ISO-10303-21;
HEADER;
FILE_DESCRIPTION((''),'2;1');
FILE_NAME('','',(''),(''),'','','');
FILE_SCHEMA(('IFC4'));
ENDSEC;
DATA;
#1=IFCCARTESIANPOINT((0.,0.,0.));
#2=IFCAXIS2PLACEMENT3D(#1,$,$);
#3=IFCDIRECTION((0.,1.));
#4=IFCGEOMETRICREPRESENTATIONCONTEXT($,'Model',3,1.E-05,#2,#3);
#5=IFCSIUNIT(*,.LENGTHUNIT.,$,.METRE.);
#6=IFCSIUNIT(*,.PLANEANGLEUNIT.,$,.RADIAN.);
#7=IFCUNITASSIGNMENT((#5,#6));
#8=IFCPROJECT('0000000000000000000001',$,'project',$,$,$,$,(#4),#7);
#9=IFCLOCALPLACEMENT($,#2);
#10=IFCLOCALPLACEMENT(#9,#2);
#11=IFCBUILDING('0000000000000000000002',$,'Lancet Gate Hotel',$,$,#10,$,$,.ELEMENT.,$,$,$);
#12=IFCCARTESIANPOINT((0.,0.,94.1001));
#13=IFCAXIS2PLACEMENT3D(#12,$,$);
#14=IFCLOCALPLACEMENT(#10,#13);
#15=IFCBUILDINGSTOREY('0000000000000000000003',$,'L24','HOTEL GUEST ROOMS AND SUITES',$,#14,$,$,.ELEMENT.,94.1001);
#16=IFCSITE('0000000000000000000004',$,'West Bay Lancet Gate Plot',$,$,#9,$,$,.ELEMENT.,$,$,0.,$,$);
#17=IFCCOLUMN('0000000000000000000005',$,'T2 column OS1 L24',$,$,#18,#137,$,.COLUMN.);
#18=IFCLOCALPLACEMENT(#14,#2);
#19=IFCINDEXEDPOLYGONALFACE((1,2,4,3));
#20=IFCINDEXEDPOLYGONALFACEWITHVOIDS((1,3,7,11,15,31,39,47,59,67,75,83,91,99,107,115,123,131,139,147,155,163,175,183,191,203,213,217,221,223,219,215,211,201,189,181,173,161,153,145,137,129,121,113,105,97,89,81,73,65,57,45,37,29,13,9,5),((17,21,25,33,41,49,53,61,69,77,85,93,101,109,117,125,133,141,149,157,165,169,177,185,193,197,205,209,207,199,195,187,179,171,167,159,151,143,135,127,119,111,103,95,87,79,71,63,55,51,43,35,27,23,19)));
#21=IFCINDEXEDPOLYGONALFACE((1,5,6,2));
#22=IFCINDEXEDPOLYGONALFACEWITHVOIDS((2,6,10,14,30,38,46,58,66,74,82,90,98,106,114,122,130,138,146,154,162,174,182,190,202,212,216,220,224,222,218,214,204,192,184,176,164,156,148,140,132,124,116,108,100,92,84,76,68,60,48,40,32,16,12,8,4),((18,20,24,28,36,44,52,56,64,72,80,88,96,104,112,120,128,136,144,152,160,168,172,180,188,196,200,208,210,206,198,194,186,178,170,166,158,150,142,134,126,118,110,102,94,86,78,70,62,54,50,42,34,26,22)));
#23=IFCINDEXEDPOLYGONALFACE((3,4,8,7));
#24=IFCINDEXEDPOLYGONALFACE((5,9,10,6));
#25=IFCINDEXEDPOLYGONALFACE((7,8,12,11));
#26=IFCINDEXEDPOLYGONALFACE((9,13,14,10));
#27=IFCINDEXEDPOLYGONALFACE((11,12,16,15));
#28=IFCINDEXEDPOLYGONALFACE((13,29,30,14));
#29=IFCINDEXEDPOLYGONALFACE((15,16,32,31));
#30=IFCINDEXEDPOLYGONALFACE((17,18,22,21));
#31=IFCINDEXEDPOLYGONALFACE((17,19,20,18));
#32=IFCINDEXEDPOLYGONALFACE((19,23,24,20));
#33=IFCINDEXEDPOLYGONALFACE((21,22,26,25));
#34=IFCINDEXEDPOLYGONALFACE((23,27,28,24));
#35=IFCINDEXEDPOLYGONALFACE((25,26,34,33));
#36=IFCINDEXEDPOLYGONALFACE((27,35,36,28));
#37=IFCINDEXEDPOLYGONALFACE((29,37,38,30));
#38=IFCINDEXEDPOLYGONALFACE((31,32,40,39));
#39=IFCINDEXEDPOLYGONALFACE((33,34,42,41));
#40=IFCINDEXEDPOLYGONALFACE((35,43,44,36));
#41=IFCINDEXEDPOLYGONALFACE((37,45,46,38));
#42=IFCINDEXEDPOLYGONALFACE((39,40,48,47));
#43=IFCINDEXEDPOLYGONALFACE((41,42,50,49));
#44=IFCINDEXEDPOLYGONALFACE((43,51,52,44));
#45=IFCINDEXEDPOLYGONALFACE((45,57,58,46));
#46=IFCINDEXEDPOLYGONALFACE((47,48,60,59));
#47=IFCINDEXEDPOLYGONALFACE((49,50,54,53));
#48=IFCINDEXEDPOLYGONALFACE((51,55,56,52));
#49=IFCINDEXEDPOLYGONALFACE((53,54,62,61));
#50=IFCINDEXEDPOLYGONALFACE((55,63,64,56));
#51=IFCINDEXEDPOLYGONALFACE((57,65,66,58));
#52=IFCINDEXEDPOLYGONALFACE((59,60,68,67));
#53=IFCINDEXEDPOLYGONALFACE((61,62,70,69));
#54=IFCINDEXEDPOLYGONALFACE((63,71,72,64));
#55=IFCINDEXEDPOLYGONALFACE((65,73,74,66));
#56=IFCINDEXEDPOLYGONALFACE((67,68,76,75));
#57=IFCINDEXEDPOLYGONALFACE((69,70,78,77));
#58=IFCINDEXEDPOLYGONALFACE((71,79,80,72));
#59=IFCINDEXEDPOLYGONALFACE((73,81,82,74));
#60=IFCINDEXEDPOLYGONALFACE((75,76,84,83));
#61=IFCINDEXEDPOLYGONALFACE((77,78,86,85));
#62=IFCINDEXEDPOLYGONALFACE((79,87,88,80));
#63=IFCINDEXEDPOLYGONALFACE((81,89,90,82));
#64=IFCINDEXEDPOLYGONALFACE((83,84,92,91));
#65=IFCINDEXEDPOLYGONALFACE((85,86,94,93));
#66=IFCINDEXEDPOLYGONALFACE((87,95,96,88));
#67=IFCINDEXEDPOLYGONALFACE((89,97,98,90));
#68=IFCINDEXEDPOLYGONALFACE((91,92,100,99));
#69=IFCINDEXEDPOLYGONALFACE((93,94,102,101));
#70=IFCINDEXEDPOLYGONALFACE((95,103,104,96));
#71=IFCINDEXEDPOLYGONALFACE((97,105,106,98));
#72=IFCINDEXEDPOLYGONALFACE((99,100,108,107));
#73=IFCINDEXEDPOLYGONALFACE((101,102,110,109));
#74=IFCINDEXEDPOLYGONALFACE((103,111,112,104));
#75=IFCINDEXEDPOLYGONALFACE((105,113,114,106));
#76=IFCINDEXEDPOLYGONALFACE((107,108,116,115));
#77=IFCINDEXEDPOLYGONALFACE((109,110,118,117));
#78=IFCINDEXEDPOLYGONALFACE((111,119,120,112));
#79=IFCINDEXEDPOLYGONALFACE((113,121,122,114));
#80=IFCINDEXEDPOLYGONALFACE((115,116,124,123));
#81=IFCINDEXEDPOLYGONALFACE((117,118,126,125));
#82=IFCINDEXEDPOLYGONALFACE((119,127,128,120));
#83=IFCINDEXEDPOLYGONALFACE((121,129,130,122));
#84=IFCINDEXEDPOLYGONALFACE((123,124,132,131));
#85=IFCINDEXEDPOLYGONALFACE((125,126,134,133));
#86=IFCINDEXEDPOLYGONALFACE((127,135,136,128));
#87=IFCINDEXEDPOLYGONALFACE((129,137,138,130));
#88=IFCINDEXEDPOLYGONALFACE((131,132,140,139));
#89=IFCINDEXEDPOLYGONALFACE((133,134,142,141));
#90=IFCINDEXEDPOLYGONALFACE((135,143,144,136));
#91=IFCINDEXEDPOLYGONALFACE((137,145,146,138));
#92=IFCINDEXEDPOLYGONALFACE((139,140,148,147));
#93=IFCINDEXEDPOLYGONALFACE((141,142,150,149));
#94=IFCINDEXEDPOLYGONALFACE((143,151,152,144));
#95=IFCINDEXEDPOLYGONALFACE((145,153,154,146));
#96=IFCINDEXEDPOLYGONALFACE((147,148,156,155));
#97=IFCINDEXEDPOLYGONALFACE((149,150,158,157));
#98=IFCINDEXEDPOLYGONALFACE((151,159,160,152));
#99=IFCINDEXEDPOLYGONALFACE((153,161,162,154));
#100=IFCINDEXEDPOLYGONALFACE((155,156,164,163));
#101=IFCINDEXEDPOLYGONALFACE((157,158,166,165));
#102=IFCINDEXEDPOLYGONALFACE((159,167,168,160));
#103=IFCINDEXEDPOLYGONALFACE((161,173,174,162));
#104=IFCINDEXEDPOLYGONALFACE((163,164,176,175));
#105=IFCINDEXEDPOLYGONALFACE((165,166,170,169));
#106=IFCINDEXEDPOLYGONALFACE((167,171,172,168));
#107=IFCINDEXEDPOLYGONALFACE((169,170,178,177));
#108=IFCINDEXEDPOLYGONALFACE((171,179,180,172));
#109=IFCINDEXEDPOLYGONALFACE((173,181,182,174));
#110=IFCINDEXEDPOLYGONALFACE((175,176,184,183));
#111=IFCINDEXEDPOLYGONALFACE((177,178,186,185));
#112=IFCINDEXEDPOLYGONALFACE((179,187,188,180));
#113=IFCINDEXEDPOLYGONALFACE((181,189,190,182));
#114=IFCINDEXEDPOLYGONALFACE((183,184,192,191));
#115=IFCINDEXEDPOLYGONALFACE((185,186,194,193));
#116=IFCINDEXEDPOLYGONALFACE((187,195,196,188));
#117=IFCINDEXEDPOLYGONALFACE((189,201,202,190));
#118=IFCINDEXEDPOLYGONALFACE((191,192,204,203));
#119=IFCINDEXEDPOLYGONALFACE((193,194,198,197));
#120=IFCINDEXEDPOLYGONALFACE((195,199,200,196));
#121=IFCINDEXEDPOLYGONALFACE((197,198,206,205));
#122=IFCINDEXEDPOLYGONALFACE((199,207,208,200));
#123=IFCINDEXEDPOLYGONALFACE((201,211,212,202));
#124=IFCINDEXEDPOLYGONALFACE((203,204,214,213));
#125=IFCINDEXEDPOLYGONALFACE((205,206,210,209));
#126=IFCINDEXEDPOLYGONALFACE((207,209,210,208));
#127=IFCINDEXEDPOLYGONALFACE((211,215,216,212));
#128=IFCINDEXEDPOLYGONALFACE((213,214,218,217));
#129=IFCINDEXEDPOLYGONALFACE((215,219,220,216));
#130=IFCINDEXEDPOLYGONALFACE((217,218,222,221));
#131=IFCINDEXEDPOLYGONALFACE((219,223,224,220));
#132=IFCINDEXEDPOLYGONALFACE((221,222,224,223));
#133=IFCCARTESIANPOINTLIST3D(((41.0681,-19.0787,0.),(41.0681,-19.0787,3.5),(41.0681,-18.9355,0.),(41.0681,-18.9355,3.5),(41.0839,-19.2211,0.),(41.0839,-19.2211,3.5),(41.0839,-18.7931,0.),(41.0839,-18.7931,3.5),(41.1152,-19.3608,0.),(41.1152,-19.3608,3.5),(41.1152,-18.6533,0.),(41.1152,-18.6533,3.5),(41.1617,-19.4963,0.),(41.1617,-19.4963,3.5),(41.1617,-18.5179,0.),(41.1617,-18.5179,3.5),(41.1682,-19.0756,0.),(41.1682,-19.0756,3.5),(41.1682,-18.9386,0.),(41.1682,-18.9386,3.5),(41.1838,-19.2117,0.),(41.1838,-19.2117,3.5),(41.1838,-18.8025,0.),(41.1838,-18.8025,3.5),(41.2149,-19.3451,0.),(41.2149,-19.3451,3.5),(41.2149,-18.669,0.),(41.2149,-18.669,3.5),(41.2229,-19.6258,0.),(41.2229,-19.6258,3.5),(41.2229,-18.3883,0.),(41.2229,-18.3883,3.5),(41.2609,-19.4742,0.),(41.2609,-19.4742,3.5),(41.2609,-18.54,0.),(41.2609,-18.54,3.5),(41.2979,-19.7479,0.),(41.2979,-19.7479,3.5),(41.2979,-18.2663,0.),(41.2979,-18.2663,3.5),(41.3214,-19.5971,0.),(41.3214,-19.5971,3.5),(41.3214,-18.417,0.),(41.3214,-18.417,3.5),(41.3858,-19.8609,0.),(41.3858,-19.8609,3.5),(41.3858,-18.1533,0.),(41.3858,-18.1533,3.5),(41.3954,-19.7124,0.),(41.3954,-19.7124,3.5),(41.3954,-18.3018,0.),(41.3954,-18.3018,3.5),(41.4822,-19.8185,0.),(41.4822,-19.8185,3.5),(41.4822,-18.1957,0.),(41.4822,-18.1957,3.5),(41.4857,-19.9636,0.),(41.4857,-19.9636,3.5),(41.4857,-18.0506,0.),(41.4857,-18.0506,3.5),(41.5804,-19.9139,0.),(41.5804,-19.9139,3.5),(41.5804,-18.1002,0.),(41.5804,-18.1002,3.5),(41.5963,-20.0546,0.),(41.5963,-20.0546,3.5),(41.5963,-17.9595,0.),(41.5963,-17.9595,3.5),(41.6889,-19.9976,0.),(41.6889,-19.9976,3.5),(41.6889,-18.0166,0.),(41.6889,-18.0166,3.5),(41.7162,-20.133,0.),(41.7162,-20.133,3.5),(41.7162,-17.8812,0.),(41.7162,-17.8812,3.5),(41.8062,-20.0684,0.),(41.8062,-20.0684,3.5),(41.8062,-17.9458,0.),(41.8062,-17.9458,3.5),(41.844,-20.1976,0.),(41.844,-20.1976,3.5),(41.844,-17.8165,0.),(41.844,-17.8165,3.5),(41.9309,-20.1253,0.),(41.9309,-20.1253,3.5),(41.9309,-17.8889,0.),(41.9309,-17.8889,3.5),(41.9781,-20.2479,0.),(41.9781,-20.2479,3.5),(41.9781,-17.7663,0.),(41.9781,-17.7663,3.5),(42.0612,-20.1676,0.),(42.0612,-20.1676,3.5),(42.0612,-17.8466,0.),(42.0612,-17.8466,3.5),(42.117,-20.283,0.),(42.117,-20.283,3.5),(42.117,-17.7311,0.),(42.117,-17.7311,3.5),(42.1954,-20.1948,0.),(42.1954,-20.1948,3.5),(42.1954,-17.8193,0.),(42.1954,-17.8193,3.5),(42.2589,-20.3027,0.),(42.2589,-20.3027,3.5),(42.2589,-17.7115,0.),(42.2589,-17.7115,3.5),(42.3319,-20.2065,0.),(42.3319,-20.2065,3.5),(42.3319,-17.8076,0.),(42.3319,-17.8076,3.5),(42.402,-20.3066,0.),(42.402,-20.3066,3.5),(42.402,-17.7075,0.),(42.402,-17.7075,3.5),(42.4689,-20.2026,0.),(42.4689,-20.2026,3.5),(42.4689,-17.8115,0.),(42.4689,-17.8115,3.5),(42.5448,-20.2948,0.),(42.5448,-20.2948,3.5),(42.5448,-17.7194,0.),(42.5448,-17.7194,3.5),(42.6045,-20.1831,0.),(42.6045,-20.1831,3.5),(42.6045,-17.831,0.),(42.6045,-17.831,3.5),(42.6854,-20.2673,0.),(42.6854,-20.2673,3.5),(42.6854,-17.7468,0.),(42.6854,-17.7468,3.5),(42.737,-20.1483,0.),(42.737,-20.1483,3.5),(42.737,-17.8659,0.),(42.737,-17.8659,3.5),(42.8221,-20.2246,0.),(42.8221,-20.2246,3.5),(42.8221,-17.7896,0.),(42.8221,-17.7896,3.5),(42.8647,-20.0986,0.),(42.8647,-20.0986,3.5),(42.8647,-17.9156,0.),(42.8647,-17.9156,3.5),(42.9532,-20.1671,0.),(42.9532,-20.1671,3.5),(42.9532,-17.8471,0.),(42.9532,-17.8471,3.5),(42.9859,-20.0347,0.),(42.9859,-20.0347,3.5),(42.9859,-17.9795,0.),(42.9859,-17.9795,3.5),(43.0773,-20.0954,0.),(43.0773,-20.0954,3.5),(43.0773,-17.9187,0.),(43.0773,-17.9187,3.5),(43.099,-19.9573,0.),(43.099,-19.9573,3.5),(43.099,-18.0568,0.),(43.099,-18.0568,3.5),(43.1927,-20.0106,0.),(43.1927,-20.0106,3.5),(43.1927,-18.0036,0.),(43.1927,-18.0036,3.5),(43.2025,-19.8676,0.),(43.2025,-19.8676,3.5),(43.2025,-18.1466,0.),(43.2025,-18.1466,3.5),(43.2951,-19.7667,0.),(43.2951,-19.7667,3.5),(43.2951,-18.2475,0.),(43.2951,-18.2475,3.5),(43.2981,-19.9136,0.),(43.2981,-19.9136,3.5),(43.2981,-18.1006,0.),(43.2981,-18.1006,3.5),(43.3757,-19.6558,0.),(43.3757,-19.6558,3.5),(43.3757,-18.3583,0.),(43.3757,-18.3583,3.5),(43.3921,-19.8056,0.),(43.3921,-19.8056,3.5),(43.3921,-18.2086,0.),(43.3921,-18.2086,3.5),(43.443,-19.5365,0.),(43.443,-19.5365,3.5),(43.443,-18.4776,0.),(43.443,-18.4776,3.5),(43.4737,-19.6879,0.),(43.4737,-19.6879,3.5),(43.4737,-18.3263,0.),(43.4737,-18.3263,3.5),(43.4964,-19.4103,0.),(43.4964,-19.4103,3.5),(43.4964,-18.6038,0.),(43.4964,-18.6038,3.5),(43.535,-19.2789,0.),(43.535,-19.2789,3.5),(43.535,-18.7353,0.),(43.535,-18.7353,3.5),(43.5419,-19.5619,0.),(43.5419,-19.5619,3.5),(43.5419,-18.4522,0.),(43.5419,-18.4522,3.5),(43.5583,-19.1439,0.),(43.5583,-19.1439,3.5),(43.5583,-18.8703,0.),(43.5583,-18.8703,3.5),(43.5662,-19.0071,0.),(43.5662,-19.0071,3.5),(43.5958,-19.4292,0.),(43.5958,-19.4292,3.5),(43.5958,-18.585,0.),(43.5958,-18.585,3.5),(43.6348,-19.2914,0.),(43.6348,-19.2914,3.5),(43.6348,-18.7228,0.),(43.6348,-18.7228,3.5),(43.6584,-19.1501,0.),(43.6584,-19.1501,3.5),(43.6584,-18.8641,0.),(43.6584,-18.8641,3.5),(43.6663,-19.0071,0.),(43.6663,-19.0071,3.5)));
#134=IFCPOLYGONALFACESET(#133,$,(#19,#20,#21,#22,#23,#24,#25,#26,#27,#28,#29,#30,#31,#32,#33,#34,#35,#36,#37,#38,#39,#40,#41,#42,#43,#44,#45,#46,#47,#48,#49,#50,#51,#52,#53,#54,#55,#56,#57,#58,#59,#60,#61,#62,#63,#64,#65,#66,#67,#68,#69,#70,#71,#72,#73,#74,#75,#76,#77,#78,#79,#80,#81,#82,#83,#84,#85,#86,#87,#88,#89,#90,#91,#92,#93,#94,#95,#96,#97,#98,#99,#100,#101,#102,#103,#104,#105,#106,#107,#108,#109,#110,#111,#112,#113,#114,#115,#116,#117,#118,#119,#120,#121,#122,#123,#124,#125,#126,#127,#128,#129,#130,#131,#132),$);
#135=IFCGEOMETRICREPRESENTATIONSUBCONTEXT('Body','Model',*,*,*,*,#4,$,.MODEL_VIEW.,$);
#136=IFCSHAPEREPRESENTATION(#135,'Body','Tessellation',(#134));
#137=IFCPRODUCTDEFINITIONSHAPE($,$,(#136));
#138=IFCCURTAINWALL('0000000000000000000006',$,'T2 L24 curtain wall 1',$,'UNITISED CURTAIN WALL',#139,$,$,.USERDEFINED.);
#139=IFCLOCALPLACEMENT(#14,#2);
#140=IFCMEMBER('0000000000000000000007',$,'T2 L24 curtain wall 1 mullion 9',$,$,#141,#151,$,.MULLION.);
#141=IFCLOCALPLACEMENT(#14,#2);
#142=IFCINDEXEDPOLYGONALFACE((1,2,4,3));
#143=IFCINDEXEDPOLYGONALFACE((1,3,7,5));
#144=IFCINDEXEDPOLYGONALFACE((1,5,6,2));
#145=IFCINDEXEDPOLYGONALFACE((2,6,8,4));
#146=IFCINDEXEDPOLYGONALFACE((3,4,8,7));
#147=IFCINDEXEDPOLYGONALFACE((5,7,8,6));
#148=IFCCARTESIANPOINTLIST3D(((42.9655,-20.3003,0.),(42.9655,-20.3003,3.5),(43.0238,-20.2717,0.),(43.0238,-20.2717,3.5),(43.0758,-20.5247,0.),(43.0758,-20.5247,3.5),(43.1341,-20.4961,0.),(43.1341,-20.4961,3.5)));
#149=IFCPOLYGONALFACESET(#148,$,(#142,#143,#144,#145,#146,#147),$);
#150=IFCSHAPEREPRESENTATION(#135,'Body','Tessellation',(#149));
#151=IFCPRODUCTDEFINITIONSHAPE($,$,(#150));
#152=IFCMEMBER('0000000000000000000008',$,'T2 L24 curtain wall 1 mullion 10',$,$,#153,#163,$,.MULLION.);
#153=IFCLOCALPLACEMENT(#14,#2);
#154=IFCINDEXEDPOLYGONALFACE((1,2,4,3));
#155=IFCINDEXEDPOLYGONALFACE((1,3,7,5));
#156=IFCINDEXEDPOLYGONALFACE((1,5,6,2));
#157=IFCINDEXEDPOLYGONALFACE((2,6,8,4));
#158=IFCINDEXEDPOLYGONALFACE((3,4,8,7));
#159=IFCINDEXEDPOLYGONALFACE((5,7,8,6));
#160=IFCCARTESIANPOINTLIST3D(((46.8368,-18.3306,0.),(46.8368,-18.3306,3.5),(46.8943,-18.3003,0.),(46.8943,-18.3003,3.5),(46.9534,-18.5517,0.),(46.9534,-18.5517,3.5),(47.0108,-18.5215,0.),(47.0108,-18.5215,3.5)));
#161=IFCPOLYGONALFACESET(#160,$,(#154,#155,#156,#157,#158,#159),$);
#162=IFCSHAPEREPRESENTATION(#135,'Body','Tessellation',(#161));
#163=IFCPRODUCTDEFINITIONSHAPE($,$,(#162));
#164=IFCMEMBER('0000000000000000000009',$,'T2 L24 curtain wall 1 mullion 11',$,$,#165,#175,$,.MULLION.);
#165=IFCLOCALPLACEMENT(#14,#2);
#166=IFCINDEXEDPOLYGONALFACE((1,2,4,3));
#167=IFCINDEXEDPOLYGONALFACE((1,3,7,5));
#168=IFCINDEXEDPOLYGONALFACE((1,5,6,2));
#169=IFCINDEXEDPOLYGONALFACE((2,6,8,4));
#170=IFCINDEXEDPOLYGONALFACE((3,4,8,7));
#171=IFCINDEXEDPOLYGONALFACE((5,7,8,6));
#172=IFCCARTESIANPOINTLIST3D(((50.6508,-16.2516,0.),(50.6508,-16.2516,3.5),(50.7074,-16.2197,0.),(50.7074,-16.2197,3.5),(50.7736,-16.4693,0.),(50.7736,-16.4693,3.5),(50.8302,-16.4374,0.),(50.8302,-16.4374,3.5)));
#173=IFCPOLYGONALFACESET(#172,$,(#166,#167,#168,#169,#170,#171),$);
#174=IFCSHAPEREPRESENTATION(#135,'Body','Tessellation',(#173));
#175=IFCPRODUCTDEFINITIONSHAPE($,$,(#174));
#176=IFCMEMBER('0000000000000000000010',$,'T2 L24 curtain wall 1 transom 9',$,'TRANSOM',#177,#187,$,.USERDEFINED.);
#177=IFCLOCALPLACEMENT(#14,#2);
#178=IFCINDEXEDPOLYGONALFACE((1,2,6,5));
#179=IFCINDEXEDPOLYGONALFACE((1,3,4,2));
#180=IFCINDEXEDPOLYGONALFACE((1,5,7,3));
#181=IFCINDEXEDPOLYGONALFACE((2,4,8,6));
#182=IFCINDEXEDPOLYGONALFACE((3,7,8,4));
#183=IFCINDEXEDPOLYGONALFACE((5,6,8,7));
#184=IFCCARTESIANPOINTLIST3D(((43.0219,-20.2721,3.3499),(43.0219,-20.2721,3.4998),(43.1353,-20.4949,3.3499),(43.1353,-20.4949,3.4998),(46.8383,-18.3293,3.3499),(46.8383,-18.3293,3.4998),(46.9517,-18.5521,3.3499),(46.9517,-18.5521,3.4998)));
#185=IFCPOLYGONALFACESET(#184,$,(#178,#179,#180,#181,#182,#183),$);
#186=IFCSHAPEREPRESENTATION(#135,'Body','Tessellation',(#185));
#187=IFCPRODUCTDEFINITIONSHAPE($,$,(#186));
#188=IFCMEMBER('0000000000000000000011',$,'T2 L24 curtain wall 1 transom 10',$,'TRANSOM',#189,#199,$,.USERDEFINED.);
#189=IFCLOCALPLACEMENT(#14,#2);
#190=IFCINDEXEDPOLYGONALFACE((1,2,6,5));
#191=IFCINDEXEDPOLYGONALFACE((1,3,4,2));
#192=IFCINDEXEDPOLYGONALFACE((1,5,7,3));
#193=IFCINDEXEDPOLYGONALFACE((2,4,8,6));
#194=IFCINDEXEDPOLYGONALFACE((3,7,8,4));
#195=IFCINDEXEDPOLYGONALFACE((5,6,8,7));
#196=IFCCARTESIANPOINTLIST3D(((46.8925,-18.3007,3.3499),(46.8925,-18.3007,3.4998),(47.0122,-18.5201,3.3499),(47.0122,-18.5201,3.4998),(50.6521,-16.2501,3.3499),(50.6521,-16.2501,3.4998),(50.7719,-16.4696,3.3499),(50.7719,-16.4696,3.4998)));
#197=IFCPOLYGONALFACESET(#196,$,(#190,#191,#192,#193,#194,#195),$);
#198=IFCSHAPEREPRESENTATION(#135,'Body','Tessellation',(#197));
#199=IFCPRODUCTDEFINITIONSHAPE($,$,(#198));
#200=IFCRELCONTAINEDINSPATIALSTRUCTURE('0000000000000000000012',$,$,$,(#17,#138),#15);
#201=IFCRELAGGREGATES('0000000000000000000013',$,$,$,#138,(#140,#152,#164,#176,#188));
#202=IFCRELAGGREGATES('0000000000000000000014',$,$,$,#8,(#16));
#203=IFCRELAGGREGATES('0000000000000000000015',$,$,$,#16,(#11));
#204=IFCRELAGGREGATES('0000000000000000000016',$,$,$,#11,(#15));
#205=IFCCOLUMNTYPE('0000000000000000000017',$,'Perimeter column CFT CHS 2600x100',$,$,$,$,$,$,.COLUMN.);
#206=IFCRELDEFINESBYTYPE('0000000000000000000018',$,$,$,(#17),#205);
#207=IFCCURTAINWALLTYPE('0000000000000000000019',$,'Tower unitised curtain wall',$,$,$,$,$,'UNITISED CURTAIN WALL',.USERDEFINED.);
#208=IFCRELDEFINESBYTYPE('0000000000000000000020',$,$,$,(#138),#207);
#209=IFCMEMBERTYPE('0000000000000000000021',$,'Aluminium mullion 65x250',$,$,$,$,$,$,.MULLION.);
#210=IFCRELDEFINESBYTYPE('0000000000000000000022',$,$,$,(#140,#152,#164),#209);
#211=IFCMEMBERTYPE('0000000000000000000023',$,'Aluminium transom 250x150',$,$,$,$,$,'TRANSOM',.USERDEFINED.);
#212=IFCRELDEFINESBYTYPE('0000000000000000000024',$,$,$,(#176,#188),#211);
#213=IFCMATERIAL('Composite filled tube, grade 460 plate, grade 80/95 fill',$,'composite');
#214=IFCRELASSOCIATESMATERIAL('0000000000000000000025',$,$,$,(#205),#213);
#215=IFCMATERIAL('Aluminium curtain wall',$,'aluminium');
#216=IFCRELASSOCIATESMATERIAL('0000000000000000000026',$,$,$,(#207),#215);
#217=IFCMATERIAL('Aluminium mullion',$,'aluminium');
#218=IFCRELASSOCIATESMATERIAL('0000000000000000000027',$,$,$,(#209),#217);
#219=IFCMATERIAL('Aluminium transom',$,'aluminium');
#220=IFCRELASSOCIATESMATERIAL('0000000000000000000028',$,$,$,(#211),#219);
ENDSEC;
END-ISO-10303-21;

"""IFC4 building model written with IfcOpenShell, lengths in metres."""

from ifc_helpers import new_model, si_unit, direction, frame, origin, origin_2d, place, context, subcontext, project, spatial, rectangle, hollow_circle, extrude, material, material_profile, profile_set, type_object, element, aggregate, save


model = new_model("IFC4")

# Units and contexts
model_context = context("Model", 3, precision=1e-05, world=origin(), true_north=direction((0.0, 1.0)))
body_context = subcontext(model_context, "Body", "Model", "MODEL_VIEW")
ifc_project = project(units=[si_unit("LENGTHUNIT", "METRE"), si_unit("PLANEANGLEUNIT", "RADIAN")], contexts=[model_context])

# Site, building, storey
site_placement = place(None, origin())
site = spatial("IfcSite", under=ifc_project, at=site_placement, Name="West Bay Lancet Gate Plot", CompositionType="ELEMENT", RefElevation=0.0)
building_placement = place(site_placement, origin())
building = spatial("IfcBuilding", under=site, at=building_placement, Name="Lancet Gate Hotel", CompositionType="ELEMENT")
storey_placement = place(building_placement, frame((0.0, 0.0, 94.1001)))
storey = spatial("IfcBuildingStorey", under=building, at=storey_placement, Name="L24", Description="HOTEL GUEST ROOMS AND SUITES", CompositionType="ELEMENT", Elevation=94.1001)

# Column
ifc_material_1 = material(Name="Composite filled tube, grade 460 plate, grade 80/95 fill", Category="composite")
ifc_material_profile_1 = material_profile(ifc_material_1, hollow_circle(Radius=1.3, WallThickness=0.1001, at=origin_2d()), Name="CHS 2600x100")
ifc_profile_set_1 = profile_set([ifc_material_profile_1], Name="Composite filled tube, grade 460 plate, grade 80/95 fill")
column_type = type_object("IfcColumnType", Name="Perimeter column CFT CHS 2600x100", PredefinedType="COLUMN", material=ifc_profile_set_1)
column_placement = place(storey_placement, frame((42.3662, -19.0071, 0.0), z_axis=(0.0, 0.0, 1.0), x_axis=(1.0, 0.0, 0.0)))
element("IfcColumn", 1, at=column_placement, inside=storey, type_object=column_type, Name="T2 column OS1 L24", PredefinedType="COLUMN", context=body_context, shape_type="SweptSolid", body=[
    extrude(hollow_circle(Radius=1.3, WallThickness=0.1001, at=origin_2d()), origin(), (0.0, 0.0, 1.0), 3.5),
])

# Curtain wall, members
ifc_material_2 = material(Name="Aluminium curtain wall", Category="aluminium")
curtain_wall_type = type_object("IfcCurtainWallType", Name="Tower unitised curtain wall", ElementType="UNITISED CURTAIN WALL", PredefinedType="USERDEFINED", material=ifc_material_2)
curtain_wall_placement = place(storey_placement, origin())
curtain_wall = element("IfcCurtainWall", 2, at=curtain_wall_placement, inside=storey, type_object=curtain_wall_type, Name="T2 L24 curtain wall 1", ObjectType="UNITISED CURTAIN WALL", PredefinedType="USERDEFINED")
ifc_material_3 = material(Name="Aluminium mullion", Category="aluminium")
ifc_material_profile_2 = material_profile(ifc_material_3, rectangle(XDim=0.0649, YDim=0.25, at=origin_2d()), Name="MULLION 65x250")
ifc_profile_set_2 = profile_set([ifc_material_profile_2], Name="Aluminium mullion")
member_type_1 = type_object("IfcMemberType", Name="Aluminium mullion 65x250", PredefinedType="MULLION", material=ifc_profile_set_2)
member_1_placement = place(storey_placement, frame((43.0498, -20.3982, 0.0), z_axis=(0.0, 0.0, 1.0), x_axis=(0.897512, 0.44099, 0.0)))
member_1 = element("IfcMember", 3, at=member_1_placement, type_object=member_type_1, Name="T2 L24 curtain wall 1 mullion 9", PredefinedType="MULLION", context=body_context, shape_type="SweptSolid", body=[
    extrude(rectangle(XDim=0.0649, YDim=0.25, at=origin_2d()), origin(), (0.0, 0.0, 1.0), 3.5),
])
member_2_placement = place(storey_placement, frame((46.9238, -18.426, 0.0), z_axis=(0.0, 0.0, 1.0), x_axis=(0.884627, 0.466299, 0.0)))
member_2 = element("IfcMember", 4, at=member_2_placement, type_object=member_type_1, Name="T2 L24 curtain wall 1 mullion 10", PredefinedType="MULLION", context=body_context, shape_type="SweptSolid", body=[
    extrude(rectangle(XDim=0.0649, YDim=0.25, at=origin_2d()), origin(), (0.0, 0.0, 1.0), 3.5),
])
member_3_placement = place(storey_placement, frame((50.7405, -16.3445, 0.0), z_axis=(0.0, 0.0, 1.0), x_axis=(0.871029, 0.491232, 0.0)))
member_3 = element("IfcMember", 5, at=member_3_placement, type_object=member_type_1, Name="T2 L24 curtain wall 1 mullion 11", PredefinedType="MULLION", context=body_context, shape_type="SweptSolid", body=[
    extrude(rectangle(XDim=0.0649, YDim=0.25, at=origin_2d()), origin(), (0.0, 0.0, 1.0), 3.5),
])
ifc_material_4 = material(Name="Aluminium transom", Category="aluminium")
ifc_material_profile_3 = material_profile(ifc_material_4, rectangle(XDim=0.25, YDim=0.1499, at=origin_2d()), Name="TRANSOM 250x150")
ifc_profile_set_3 = profile_set([ifc_material_profile_3], Name="Aluminium transom")
member_type_2 = type_object("IfcMemberType", Name="Aluminium transom 250x150", ElementType="TRANSOM", PredefinedType="USERDEFINED", material=ifc_profile_set_3)
member_4_placement = place(storey_placement, frame((43.0786, -20.3835, 3.4248), z_axis=(0.891166, 0.453678, 0.0), x_axis=(-0.453678, 0.891166, 0.0)))
member_4 = element("IfcMember", 6, at=member_4_placement, type_object=member_type_2, Name="T2 L24 curtain wall 1 transom 9", ObjectType="TRANSOM", PredefinedType="USERDEFINED", context=body_context, shape_type="SweptSolid", body=[
    extrude(rectangle(XDim=0.25, YDim=0.1499, at=origin_2d()), origin(), (0.0, 0.0, 1.0), 4.2825),
])
member_5_placement = place(storey_placement, frame((46.9524, -18.4104, 3.4248), z_axis=(0.877906, 0.478832, 0.0), x_axis=(-0.478832, 0.877906, 0.0)))
member_5 = element("IfcMember", 7, at=member_5_placement, type_object=member_type_2, Name="T2 L24 curtain wall 1 transom 10", ObjectType="TRANSOM", PredefinedType="USERDEFINED", context=body_context, shape_type="SweptSolid", body=[
    extrude(rectangle(XDim=0.25, YDim=0.1499, at=origin_2d()), origin(), (0.0, 0.0, 1.0), 4.2825),
])

aggregate(curtain_wall, [member_1, member_2, member_3, member_4, member_5])

save(model, "model.ifc")
